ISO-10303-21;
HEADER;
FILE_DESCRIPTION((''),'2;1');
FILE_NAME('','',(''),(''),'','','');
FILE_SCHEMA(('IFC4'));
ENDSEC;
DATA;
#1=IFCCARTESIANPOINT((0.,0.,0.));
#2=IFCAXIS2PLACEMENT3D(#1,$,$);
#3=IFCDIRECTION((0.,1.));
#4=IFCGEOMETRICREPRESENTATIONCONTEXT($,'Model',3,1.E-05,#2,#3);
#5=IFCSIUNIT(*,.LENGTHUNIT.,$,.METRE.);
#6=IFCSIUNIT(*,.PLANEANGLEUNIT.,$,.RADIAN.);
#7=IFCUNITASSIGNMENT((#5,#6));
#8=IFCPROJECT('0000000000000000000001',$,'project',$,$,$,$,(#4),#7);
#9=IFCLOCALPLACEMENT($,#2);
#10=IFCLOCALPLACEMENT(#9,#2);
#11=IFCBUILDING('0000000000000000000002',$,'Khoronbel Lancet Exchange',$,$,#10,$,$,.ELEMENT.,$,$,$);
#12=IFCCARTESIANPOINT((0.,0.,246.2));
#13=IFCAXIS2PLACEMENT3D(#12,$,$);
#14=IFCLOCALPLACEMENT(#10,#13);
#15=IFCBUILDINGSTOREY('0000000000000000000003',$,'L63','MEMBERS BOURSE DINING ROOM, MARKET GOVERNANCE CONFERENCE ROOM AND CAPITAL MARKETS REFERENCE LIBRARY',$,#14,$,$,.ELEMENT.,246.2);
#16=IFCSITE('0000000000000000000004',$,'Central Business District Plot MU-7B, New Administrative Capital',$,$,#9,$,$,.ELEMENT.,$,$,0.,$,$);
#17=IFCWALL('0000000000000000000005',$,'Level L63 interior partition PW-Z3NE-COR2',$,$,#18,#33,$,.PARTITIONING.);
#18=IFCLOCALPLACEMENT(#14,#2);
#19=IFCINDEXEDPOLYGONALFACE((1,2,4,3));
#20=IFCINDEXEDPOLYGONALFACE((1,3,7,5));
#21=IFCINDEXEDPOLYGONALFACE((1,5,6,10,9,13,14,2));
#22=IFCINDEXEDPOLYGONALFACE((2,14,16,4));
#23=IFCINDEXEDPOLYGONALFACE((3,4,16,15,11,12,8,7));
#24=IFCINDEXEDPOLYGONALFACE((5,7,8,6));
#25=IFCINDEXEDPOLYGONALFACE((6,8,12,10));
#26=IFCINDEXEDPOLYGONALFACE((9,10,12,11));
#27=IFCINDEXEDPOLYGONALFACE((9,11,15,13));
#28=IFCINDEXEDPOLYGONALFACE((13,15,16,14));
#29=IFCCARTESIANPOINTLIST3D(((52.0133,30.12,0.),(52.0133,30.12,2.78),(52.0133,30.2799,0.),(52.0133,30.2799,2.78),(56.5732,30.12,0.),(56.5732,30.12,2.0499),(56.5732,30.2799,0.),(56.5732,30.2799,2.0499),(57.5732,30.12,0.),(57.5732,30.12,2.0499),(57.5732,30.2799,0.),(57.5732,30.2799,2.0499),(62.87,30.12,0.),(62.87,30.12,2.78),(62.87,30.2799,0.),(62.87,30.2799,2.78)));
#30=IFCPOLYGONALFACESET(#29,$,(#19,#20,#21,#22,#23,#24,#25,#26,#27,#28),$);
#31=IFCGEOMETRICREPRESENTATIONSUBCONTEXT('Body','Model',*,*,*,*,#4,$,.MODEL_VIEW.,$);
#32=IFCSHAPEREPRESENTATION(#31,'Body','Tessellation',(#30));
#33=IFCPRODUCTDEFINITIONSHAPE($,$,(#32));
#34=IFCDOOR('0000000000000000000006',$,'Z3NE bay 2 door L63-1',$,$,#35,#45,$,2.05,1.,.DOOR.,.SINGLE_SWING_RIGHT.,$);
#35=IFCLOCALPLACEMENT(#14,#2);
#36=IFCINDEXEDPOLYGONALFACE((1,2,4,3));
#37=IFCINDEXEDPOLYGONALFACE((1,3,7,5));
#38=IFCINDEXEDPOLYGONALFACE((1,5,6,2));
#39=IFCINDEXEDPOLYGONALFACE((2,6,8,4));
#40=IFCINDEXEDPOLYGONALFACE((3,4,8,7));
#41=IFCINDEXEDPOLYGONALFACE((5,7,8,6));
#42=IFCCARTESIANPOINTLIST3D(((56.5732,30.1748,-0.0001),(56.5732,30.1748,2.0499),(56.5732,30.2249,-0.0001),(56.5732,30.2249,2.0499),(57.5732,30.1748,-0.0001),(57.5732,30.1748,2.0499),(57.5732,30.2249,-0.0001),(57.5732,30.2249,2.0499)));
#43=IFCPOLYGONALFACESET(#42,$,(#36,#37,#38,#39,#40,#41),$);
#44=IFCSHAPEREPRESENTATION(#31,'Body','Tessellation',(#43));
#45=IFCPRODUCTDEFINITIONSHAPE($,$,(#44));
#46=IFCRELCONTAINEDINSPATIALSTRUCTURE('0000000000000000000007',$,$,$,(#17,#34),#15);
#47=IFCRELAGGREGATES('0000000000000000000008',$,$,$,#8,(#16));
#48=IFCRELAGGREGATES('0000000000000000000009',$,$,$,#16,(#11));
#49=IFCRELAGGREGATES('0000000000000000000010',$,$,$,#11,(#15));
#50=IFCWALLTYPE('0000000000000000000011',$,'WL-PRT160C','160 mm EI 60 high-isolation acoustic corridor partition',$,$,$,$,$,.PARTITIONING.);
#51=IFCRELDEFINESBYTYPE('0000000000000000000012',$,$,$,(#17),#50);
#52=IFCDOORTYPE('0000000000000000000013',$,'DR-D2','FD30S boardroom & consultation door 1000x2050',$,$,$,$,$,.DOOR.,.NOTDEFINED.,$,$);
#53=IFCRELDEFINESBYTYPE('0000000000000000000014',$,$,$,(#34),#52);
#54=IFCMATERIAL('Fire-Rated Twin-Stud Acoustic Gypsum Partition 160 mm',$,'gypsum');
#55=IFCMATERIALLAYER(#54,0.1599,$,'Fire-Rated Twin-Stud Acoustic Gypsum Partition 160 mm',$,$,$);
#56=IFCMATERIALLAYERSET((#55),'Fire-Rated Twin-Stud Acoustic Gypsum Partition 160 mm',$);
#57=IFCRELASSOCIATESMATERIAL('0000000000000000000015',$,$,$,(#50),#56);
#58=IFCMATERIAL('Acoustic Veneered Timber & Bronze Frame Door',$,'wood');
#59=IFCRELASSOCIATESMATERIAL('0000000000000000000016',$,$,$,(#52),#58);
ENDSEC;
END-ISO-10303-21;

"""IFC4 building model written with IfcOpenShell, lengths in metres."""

from ifc_helpers import new_model, si_unit, direction, frame, frame_2d, origin, place, context, subcontext, project, spatial, rectangle, extrude, material, layer, layer_set, type_object, element, fill, save


model = new_model("IFC4")

# Units and contexts
model_context = context("Model", 3, precision=1e-05, world=origin(), true_north=direction((0.0, 1.0)))
body_context = subcontext(model_context, "Body", "Model", "MODEL_VIEW")
ifc_project = project(units=[si_unit("LENGTHUNIT", "METRE"), si_unit("PLANEANGLEUNIT", "RADIAN")], contexts=[model_context])

# Site, building, storey
site_placement = place(None, origin())
site = spatial("IfcSite", under=ifc_project, at=site_placement, Name="Central Business District Plot MU-7B, New Administrative Capital", CompositionType="ELEMENT", RefElevation=0.0)
building_placement = place(site_placement, origin())
building = spatial("IfcBuilding", under=site, at=building_placement, Name="Khoronbel Lancet Exchange", CompositionType="ELEMENT")
storey_placement = place(building_placement, frame((0.0, 0.0, 246.2)))
storey = spatial("IfcBuildingStorey", under=building, at=storey_placement, Name="L63", Description="MEMBERS BOURSE DINING ROOM, MARKET GOVERNANCE CONFERENCE ROOM AND CAPITAL MARKETS REFERENCE LIBRARY", CompositionType="ELEMENT", Elevation=246.2)

# Wall, opening, door
ifc_material_1 = material(Name="Fire-Rated Twin-Stud Acoustic Gypsum Partition 160 mm", Category="gypsum")
ifc_layer_1 = layer(ifc_material_1, 0.1599, Name="Fire-Rated Twin-Stud Acoustic Gypsum Partition 160 mm")
ifc_layer_set_1 = layer_set([ifc_layer_1], Name="Fire-Rated Twin-Stud Acoustic Gypsum Partition 160 mm")
wall_type_1 = type_object("IfcWallType", Name="WL-PRT160C", Description="160 mm EI 60 high-isolation acoustic corridor partition", PredefinedType="PARTITIONING", material=ifc_layer_set_1)
ifc_material_2 = material(Name="Acoustic Veneered Timber & Bronze Frame Door", Category="wood")
door_type_1 = type_object("IfcDoorType", Name="DR-D2", Description="FD30S boardroom & consultation door 1000x2050", OperationType="NOTDEFINED", PredefinedType="DOOR", material=ifc_material_2)
wall_1_placement = place(storey_placement, frame((52.0134, 30.2, 0.0), z_axis=(0.0, 0.0, 1.0), x_axis=(1.0, 0.0, 0.0)))
wall_1 = element("IfcWall", 1, at=wall_1_placement, inside=storey, type_object=wall_type_1, Name="Level L63 interior partition PW-Z3NE-COR2", PredefinedType="PARTITIONING", context=body_context, shape_type="SweptSolid", body=[
    extrude(rectangle(XDim=10.8567, YDim=0.1599, at=frame_2d((5.4282, 0.0))), origin(), (0.0, 0.0, 1.0), 2.78),
])
opening_1_placement = place(wall_1_placement, frame((4.5598, 0.0, 0.0)))
opening_1 = element("IfcOpeningElement", 2, at=opening_1_placement, cuts=wall_1, PredefinedType="OPENING", context=body_context, shape_type="SweptSolid", body=[
    extrude(rectangle(XDim=1.0, YDim=2.05, at=frame_2d((0.5, 1.0249))), frame((0.0, 0.0898, 0.0), z_axis=(0.0, -1.0, 0.0), x_axis=(1.0, 0.0, 0.0)), (0.0, 0.0, 1.0), 0.1799),
])
door_1_placement = place(opening_1_placement, origin())
door_1 = element("IfcDoor", 3, at=door_1_placement, inside=storey, type_object=door_type_1, Name="Z3NE bay 2 door L63-1", OperationType="SINGLE_SWING_RIGHT", OverallHeight=2.05, OverallWidth=1.0, PredefinedType="DOOR", context=body_context, shape_type="SweptSolid", body=[
    extrude(rectangle(XDim=1.0, YDim=2.05, at=frame_2d((0.5, 1.0249))), frame((0.0, 0.0249, 0.0), z_axis=(0.0, -1.0, 0.0), x_axis=(1.0, 0.0, 0.0)), (0.0, 0.0, 1.0), 0.05),
])
fill(opening_1, door_1)

save(model, "model.ifc")
